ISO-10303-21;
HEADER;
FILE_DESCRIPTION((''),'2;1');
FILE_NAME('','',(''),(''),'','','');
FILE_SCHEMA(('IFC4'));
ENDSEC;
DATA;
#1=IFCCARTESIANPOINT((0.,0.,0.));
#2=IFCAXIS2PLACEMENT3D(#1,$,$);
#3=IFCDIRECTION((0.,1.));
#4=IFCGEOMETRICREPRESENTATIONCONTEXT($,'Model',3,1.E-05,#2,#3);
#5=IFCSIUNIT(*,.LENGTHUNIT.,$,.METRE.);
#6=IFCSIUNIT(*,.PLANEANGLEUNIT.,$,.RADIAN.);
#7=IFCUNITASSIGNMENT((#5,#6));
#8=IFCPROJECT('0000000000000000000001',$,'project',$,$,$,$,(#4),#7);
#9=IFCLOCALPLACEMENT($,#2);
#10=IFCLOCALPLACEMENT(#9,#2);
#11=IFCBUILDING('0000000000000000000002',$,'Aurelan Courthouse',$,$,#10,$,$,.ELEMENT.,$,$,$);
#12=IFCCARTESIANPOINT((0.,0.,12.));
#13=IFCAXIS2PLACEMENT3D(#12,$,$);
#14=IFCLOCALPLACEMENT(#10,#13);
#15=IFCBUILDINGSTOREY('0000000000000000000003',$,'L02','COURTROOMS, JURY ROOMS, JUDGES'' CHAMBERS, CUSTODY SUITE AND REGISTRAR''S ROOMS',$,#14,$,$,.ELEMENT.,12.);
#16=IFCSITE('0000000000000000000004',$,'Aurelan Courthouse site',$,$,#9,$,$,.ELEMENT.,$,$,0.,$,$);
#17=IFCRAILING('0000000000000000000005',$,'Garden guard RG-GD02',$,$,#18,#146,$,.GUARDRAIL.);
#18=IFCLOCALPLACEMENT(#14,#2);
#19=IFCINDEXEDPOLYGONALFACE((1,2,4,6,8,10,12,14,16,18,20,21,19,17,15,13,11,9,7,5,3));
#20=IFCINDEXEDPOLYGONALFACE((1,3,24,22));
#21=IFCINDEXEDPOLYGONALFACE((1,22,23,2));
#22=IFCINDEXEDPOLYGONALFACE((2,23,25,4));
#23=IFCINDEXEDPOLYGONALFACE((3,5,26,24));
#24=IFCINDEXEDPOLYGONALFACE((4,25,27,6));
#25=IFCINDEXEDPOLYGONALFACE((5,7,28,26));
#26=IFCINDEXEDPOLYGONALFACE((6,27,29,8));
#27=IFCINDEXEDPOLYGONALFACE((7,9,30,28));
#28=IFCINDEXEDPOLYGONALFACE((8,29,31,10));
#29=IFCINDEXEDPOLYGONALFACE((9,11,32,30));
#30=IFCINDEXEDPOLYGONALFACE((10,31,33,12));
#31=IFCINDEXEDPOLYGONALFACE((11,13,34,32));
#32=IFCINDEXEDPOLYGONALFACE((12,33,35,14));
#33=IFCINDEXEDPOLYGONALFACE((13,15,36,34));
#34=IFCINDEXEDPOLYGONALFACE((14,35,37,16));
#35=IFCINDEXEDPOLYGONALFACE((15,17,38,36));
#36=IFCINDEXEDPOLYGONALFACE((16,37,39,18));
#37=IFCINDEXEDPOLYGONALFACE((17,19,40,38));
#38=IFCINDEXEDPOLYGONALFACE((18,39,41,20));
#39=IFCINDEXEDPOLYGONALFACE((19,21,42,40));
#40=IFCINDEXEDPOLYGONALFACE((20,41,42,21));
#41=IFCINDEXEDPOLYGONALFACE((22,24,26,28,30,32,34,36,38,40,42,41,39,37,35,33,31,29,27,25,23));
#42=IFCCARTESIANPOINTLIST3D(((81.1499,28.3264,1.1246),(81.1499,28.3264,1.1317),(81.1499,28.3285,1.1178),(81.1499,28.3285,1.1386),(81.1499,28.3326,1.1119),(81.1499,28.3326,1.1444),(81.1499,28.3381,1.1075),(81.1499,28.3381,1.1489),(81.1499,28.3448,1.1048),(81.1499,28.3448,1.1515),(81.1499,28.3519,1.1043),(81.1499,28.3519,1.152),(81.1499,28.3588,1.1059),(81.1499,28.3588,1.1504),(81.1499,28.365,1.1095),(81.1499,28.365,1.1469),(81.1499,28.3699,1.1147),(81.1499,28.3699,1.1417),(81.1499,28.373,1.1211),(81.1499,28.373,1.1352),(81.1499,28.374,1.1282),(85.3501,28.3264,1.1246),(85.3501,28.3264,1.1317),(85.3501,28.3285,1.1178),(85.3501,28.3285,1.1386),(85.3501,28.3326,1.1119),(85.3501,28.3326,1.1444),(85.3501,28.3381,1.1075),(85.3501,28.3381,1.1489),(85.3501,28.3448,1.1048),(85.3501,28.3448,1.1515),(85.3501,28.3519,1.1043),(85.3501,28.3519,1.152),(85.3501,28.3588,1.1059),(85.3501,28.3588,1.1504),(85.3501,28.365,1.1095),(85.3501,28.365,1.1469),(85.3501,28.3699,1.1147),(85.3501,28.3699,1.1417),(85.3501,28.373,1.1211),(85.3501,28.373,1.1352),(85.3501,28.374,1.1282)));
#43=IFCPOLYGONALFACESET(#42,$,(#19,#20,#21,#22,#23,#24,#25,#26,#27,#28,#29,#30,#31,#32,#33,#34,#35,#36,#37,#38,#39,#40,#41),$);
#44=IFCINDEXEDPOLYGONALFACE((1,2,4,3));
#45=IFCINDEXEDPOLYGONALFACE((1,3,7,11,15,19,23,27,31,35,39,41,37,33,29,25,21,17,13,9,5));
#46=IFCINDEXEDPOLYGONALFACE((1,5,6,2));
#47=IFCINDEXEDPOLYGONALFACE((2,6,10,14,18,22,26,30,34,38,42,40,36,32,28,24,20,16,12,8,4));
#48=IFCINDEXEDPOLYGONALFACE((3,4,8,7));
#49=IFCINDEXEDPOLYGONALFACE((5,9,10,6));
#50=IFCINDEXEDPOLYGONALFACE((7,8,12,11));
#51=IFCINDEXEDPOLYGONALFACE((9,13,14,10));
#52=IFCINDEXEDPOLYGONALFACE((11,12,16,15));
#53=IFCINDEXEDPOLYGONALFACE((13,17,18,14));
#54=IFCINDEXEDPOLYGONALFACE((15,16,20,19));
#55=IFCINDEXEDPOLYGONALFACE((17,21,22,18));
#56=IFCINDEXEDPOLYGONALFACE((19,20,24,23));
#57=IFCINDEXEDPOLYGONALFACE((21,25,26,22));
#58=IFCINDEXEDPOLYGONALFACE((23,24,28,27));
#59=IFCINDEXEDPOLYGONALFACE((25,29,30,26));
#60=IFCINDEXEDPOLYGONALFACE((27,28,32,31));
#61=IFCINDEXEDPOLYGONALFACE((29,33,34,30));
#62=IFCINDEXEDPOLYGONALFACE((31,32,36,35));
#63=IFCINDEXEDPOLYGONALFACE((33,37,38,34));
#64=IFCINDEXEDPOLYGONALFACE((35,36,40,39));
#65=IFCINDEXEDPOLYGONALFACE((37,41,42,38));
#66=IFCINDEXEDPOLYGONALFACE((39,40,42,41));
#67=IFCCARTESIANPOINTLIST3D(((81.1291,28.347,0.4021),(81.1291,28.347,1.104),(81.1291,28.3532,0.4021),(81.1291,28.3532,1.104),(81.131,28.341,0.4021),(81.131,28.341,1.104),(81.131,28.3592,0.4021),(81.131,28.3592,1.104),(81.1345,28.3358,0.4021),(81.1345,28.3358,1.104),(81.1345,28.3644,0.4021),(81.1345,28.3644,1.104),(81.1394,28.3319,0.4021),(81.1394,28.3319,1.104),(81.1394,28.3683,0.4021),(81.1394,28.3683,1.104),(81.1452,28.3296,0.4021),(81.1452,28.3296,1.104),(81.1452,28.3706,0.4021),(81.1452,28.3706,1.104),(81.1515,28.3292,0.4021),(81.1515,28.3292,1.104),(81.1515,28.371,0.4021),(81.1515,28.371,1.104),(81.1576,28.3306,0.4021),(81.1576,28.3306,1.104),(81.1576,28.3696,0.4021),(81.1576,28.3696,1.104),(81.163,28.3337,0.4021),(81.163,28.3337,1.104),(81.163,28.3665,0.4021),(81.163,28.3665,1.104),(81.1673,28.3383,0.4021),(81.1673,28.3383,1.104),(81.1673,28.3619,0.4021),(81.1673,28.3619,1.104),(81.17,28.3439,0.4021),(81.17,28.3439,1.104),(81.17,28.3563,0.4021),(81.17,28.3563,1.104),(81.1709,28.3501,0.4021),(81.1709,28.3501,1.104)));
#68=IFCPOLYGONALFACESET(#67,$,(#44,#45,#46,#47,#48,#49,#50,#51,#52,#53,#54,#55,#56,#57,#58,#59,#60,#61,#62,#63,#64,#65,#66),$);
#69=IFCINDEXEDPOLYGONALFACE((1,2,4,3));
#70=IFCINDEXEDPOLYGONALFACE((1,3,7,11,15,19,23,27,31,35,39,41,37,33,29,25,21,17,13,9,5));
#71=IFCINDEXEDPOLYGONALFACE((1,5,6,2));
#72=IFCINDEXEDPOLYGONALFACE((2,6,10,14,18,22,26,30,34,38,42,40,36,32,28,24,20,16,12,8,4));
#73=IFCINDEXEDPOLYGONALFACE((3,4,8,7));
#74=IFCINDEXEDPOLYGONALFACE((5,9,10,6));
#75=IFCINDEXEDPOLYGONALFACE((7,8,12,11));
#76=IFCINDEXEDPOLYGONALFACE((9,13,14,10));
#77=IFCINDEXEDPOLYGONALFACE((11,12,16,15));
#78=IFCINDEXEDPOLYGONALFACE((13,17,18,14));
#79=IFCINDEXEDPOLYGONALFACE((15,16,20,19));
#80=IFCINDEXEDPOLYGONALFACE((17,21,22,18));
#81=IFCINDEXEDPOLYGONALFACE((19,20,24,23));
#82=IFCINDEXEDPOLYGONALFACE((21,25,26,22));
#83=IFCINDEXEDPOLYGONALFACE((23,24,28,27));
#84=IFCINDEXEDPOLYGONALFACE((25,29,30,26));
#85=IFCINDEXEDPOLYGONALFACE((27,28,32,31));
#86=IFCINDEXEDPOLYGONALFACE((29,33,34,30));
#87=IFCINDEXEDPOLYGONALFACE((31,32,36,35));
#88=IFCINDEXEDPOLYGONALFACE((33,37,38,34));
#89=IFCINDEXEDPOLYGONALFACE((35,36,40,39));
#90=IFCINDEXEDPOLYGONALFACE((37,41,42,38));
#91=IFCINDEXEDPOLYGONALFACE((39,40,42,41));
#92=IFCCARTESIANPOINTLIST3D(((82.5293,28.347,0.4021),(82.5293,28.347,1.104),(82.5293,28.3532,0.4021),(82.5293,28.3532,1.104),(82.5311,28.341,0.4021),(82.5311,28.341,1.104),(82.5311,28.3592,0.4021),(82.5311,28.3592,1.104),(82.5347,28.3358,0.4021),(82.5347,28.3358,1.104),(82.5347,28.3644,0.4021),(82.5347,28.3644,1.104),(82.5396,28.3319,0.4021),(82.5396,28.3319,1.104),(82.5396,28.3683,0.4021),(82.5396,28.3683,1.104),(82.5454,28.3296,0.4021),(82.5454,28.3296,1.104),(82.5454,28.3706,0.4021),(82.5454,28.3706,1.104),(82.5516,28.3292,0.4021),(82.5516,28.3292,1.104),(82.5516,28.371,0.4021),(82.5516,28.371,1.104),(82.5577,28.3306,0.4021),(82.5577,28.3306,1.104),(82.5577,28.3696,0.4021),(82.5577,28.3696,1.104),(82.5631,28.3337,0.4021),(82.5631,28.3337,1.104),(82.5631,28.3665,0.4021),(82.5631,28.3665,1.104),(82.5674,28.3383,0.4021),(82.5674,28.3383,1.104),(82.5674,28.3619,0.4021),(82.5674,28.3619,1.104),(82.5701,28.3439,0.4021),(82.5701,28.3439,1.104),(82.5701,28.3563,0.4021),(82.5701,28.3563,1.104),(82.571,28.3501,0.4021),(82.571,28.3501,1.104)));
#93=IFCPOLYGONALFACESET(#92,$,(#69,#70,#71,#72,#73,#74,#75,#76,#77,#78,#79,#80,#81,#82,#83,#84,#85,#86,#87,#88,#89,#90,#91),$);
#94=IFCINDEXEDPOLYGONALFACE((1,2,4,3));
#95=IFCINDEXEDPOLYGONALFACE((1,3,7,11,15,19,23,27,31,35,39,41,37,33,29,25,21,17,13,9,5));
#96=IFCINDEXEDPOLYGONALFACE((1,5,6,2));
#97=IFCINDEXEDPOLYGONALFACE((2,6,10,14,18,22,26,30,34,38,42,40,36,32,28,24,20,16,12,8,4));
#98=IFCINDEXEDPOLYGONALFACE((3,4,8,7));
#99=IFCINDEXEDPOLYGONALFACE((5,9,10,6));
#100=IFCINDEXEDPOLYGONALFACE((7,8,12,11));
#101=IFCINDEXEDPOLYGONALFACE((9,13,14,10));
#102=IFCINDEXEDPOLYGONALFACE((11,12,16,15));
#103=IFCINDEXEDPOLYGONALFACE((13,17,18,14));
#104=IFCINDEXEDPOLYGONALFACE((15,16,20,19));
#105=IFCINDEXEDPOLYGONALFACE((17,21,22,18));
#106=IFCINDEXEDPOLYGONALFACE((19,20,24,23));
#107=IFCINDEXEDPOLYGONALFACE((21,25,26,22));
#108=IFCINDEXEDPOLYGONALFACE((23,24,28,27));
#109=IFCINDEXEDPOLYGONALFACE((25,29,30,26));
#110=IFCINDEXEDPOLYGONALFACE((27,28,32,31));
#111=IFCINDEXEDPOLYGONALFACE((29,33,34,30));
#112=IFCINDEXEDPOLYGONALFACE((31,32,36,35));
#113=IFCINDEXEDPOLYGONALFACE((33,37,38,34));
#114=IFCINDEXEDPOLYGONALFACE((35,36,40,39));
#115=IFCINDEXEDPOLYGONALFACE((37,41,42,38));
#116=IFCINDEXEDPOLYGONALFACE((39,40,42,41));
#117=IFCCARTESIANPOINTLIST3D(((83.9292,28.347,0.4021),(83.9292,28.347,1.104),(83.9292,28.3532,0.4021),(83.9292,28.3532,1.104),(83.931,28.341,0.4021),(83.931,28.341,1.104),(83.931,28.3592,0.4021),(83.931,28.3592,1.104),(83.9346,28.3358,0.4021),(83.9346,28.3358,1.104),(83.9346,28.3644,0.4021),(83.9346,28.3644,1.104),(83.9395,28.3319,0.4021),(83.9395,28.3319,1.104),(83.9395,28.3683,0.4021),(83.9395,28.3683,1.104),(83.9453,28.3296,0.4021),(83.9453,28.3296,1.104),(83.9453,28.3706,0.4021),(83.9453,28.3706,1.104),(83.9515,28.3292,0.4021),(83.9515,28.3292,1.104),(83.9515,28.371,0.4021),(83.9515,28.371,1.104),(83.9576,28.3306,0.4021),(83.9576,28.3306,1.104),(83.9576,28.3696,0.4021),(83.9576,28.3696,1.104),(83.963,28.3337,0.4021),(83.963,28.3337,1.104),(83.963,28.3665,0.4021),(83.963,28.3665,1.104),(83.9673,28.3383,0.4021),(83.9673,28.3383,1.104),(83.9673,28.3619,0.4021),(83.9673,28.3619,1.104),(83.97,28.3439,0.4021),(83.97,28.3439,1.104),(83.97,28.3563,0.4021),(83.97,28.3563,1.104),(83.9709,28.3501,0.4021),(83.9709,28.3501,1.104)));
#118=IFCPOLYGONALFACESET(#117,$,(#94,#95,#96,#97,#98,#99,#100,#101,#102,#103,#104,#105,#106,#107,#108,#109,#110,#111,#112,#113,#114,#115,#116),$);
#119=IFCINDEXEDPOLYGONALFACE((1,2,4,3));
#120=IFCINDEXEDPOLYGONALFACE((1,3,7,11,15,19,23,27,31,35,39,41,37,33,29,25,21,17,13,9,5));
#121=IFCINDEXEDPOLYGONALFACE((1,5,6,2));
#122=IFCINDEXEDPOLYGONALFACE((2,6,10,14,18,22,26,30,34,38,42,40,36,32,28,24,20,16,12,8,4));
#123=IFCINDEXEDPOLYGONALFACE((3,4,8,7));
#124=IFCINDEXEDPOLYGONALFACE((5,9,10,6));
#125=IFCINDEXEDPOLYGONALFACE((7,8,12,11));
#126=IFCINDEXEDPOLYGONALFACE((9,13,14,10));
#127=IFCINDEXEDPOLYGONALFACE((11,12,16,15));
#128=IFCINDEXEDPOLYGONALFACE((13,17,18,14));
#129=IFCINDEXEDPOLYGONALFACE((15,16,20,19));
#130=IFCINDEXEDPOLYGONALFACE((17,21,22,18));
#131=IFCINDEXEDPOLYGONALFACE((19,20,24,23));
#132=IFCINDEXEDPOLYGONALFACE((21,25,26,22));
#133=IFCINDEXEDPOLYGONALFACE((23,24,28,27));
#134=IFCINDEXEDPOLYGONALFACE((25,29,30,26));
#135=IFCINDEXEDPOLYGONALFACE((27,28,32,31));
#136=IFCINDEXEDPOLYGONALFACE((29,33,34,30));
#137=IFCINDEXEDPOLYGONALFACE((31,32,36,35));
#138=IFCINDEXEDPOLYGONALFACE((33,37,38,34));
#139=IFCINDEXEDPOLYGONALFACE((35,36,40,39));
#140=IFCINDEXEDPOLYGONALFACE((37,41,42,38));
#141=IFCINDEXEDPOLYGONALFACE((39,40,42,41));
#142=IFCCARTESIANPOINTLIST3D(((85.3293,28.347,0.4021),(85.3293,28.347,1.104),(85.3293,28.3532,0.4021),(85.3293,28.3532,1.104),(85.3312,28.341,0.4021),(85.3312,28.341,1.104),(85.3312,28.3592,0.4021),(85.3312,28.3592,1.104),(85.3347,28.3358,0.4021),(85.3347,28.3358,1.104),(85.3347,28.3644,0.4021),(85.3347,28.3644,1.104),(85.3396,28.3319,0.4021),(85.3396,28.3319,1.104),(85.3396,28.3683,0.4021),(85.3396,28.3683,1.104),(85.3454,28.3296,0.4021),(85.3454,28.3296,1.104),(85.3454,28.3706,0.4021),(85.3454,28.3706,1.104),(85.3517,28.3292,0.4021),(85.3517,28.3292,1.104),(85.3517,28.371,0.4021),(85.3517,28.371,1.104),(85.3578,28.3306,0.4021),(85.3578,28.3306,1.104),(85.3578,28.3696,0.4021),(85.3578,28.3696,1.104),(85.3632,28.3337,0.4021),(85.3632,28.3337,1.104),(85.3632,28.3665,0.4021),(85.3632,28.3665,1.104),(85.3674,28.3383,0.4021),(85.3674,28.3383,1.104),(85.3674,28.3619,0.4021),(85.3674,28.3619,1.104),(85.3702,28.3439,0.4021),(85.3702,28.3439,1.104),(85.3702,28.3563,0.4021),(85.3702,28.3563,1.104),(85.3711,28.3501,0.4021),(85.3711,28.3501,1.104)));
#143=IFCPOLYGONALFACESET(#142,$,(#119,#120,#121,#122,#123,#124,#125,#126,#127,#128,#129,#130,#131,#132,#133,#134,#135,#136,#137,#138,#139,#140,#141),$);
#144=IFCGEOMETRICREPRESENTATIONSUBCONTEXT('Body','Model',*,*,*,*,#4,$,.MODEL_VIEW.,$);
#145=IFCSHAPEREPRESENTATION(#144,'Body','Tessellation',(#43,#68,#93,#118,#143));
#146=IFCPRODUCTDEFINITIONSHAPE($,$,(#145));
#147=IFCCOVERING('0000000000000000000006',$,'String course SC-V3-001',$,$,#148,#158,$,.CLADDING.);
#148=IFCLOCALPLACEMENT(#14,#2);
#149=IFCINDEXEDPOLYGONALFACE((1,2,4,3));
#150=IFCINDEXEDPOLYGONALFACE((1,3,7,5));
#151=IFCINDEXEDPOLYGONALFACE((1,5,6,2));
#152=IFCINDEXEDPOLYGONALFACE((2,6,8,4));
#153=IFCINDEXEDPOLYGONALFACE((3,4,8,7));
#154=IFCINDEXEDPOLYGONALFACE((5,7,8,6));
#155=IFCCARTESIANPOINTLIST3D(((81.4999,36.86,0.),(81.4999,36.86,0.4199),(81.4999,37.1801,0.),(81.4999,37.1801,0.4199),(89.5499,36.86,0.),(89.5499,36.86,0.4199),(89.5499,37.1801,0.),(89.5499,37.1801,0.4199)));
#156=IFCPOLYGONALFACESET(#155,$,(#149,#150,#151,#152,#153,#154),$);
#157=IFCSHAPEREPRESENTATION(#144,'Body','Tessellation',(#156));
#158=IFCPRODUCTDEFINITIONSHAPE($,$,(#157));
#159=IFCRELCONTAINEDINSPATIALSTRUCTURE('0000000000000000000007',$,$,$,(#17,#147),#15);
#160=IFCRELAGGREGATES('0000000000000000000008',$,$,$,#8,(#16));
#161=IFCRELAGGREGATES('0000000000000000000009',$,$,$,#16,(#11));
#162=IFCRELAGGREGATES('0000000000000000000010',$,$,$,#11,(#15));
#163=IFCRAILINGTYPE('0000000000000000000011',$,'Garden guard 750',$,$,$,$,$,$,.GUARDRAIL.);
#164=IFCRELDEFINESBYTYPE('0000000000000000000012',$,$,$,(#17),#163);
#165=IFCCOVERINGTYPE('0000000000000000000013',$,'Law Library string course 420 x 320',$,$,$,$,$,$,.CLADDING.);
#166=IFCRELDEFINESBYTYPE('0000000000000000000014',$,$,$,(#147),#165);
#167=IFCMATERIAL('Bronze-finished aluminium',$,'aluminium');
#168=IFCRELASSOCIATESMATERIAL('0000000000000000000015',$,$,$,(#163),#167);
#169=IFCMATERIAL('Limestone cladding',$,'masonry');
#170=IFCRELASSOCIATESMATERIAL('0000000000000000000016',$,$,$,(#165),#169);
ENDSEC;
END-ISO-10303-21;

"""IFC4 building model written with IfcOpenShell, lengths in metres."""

from ifc_helpers import new_model, si_unit, direction, frame, origin, origin_2d, place, context, subcontext, project, spatial, rectangle, circle, extrude, material, type_object, element, save


model = new_model("IFC4")

# Units and contexts
model_context = context("Model", 3, precision=1e-05, world=origin(), true_north=direction((0.0, 1.0)))
body_context = subcontext(model_context, "Body", "Model", "MODEL_VIEW")
ifc_project = project(units=[si_unit("LENGTHUNIT", "METRE"), si_unit("PLANEANGLEUNIT", "RADIAN")], contexts=[model_context])

# Site, building, storey
site_placement = place(None, origin())
site = spatial("IfcSite", under=ifc_project, at=site_placement, Name="Aurelan Courthouse site", CompositionType="ELEMENT", RefElevation=0.0)
building_placement = place(site_placement, origin())
building = spatial("IfcBuilding", under=site, at=building_placement, Name="Aurelan Courthouse", CompositionType="ELEMENT")
storey_placement = place(building_placement, frame((0.0, 0.0, 12.0)))
storey = spatial("IfcBuildingStorey", under=building, at=storey_placement, Name="L02", Description="COURTROOMS, JURY ROOMS, JUDGES' CHAMBERS, CUSTODY SUITE AND REGISTRAR'S ROOMS", CompositionType="ELEMENT", Elevation=12.0)

# Shared definitions
ifc_material_1 = material(Name="Bronze-finished aluminium", Category="aluminium")

# Shared definitions
ifc_material_2 = material(Name="Limestone cladding", Category="masonry")

# Railing
railing_type_1 = type_object("IfcRailingType", Name="Garden guard 750", PredefinedType="GUARDRAIL", material=ifc_material_1)
railing_1_placement = place(storey_placement, frame((81.1499, 28.3501, 0.4021)))
element("IfcRailing", 1, at=railing_1_placement, inside=storey, type_object=railing_type_1, Name="Garden guard RG-GD02", PredefinedType="GUARDRAIL", context=body_context, shape_type="SweptSolid", body=[
    extrude(circle(Radius=0.0239, at=origin_2d()), frame((0.0, 0.0, 0.7261), z_axis=(1.0, 0.0, 0.0), x_axis=(0.0, 1.0, 0.0)), (0.0, 0.0, 1.0), 4.2002),
    extrude(circle(Radius=0.021, at=origin_2d()), origin(), (0.0, 0.0, 1.0), 0.7019),
    extrude(circle(Radius=0.021, at=origin_2d()), frame((1.4001, 0.0, 0.0)), (0.0, 0.0, 1.0), 0.7019),
    extrude(circle(Radius=0.021, at=origin_2d()), frame((2.8, 0.0, 0.0)), (0.0, 0.0, 1.0), 0.7019),
    extrude(circle(Radius=0.021, at=origin_2d()), frame((4.2002, 0.0, 0.0)), (0.0, 0.0, 1.0), 0.7019),
])

# Covering
covering_type_1 = type_object("IfcCoveringType", Name="Law Library string course 420 x 320", PredefinedType="CLADDING", material=ifc_material_2)
covering_1_placement = place(storey_placement, frame((85.5249, 37.02, 0.0), z_axis=(0.0, 0.0, 1.0), x_axis=(1.0, 0.0, 0.0)))
element("IfcCovering", 2, at=covering_1_placement, inside=storey, type_object=covering_type_1, Name="String course SC-V3-001", PredefinedType="CLADDING", context=body_context, shape_type="SweptSolid", body=[
    extrude(rectangle(XDim=8.05, YDim=0.3201, at=origin_2d()), origin(), (0.0, 0.0, 1.0), 0.4199),
])

save(model, "model.ifc")
